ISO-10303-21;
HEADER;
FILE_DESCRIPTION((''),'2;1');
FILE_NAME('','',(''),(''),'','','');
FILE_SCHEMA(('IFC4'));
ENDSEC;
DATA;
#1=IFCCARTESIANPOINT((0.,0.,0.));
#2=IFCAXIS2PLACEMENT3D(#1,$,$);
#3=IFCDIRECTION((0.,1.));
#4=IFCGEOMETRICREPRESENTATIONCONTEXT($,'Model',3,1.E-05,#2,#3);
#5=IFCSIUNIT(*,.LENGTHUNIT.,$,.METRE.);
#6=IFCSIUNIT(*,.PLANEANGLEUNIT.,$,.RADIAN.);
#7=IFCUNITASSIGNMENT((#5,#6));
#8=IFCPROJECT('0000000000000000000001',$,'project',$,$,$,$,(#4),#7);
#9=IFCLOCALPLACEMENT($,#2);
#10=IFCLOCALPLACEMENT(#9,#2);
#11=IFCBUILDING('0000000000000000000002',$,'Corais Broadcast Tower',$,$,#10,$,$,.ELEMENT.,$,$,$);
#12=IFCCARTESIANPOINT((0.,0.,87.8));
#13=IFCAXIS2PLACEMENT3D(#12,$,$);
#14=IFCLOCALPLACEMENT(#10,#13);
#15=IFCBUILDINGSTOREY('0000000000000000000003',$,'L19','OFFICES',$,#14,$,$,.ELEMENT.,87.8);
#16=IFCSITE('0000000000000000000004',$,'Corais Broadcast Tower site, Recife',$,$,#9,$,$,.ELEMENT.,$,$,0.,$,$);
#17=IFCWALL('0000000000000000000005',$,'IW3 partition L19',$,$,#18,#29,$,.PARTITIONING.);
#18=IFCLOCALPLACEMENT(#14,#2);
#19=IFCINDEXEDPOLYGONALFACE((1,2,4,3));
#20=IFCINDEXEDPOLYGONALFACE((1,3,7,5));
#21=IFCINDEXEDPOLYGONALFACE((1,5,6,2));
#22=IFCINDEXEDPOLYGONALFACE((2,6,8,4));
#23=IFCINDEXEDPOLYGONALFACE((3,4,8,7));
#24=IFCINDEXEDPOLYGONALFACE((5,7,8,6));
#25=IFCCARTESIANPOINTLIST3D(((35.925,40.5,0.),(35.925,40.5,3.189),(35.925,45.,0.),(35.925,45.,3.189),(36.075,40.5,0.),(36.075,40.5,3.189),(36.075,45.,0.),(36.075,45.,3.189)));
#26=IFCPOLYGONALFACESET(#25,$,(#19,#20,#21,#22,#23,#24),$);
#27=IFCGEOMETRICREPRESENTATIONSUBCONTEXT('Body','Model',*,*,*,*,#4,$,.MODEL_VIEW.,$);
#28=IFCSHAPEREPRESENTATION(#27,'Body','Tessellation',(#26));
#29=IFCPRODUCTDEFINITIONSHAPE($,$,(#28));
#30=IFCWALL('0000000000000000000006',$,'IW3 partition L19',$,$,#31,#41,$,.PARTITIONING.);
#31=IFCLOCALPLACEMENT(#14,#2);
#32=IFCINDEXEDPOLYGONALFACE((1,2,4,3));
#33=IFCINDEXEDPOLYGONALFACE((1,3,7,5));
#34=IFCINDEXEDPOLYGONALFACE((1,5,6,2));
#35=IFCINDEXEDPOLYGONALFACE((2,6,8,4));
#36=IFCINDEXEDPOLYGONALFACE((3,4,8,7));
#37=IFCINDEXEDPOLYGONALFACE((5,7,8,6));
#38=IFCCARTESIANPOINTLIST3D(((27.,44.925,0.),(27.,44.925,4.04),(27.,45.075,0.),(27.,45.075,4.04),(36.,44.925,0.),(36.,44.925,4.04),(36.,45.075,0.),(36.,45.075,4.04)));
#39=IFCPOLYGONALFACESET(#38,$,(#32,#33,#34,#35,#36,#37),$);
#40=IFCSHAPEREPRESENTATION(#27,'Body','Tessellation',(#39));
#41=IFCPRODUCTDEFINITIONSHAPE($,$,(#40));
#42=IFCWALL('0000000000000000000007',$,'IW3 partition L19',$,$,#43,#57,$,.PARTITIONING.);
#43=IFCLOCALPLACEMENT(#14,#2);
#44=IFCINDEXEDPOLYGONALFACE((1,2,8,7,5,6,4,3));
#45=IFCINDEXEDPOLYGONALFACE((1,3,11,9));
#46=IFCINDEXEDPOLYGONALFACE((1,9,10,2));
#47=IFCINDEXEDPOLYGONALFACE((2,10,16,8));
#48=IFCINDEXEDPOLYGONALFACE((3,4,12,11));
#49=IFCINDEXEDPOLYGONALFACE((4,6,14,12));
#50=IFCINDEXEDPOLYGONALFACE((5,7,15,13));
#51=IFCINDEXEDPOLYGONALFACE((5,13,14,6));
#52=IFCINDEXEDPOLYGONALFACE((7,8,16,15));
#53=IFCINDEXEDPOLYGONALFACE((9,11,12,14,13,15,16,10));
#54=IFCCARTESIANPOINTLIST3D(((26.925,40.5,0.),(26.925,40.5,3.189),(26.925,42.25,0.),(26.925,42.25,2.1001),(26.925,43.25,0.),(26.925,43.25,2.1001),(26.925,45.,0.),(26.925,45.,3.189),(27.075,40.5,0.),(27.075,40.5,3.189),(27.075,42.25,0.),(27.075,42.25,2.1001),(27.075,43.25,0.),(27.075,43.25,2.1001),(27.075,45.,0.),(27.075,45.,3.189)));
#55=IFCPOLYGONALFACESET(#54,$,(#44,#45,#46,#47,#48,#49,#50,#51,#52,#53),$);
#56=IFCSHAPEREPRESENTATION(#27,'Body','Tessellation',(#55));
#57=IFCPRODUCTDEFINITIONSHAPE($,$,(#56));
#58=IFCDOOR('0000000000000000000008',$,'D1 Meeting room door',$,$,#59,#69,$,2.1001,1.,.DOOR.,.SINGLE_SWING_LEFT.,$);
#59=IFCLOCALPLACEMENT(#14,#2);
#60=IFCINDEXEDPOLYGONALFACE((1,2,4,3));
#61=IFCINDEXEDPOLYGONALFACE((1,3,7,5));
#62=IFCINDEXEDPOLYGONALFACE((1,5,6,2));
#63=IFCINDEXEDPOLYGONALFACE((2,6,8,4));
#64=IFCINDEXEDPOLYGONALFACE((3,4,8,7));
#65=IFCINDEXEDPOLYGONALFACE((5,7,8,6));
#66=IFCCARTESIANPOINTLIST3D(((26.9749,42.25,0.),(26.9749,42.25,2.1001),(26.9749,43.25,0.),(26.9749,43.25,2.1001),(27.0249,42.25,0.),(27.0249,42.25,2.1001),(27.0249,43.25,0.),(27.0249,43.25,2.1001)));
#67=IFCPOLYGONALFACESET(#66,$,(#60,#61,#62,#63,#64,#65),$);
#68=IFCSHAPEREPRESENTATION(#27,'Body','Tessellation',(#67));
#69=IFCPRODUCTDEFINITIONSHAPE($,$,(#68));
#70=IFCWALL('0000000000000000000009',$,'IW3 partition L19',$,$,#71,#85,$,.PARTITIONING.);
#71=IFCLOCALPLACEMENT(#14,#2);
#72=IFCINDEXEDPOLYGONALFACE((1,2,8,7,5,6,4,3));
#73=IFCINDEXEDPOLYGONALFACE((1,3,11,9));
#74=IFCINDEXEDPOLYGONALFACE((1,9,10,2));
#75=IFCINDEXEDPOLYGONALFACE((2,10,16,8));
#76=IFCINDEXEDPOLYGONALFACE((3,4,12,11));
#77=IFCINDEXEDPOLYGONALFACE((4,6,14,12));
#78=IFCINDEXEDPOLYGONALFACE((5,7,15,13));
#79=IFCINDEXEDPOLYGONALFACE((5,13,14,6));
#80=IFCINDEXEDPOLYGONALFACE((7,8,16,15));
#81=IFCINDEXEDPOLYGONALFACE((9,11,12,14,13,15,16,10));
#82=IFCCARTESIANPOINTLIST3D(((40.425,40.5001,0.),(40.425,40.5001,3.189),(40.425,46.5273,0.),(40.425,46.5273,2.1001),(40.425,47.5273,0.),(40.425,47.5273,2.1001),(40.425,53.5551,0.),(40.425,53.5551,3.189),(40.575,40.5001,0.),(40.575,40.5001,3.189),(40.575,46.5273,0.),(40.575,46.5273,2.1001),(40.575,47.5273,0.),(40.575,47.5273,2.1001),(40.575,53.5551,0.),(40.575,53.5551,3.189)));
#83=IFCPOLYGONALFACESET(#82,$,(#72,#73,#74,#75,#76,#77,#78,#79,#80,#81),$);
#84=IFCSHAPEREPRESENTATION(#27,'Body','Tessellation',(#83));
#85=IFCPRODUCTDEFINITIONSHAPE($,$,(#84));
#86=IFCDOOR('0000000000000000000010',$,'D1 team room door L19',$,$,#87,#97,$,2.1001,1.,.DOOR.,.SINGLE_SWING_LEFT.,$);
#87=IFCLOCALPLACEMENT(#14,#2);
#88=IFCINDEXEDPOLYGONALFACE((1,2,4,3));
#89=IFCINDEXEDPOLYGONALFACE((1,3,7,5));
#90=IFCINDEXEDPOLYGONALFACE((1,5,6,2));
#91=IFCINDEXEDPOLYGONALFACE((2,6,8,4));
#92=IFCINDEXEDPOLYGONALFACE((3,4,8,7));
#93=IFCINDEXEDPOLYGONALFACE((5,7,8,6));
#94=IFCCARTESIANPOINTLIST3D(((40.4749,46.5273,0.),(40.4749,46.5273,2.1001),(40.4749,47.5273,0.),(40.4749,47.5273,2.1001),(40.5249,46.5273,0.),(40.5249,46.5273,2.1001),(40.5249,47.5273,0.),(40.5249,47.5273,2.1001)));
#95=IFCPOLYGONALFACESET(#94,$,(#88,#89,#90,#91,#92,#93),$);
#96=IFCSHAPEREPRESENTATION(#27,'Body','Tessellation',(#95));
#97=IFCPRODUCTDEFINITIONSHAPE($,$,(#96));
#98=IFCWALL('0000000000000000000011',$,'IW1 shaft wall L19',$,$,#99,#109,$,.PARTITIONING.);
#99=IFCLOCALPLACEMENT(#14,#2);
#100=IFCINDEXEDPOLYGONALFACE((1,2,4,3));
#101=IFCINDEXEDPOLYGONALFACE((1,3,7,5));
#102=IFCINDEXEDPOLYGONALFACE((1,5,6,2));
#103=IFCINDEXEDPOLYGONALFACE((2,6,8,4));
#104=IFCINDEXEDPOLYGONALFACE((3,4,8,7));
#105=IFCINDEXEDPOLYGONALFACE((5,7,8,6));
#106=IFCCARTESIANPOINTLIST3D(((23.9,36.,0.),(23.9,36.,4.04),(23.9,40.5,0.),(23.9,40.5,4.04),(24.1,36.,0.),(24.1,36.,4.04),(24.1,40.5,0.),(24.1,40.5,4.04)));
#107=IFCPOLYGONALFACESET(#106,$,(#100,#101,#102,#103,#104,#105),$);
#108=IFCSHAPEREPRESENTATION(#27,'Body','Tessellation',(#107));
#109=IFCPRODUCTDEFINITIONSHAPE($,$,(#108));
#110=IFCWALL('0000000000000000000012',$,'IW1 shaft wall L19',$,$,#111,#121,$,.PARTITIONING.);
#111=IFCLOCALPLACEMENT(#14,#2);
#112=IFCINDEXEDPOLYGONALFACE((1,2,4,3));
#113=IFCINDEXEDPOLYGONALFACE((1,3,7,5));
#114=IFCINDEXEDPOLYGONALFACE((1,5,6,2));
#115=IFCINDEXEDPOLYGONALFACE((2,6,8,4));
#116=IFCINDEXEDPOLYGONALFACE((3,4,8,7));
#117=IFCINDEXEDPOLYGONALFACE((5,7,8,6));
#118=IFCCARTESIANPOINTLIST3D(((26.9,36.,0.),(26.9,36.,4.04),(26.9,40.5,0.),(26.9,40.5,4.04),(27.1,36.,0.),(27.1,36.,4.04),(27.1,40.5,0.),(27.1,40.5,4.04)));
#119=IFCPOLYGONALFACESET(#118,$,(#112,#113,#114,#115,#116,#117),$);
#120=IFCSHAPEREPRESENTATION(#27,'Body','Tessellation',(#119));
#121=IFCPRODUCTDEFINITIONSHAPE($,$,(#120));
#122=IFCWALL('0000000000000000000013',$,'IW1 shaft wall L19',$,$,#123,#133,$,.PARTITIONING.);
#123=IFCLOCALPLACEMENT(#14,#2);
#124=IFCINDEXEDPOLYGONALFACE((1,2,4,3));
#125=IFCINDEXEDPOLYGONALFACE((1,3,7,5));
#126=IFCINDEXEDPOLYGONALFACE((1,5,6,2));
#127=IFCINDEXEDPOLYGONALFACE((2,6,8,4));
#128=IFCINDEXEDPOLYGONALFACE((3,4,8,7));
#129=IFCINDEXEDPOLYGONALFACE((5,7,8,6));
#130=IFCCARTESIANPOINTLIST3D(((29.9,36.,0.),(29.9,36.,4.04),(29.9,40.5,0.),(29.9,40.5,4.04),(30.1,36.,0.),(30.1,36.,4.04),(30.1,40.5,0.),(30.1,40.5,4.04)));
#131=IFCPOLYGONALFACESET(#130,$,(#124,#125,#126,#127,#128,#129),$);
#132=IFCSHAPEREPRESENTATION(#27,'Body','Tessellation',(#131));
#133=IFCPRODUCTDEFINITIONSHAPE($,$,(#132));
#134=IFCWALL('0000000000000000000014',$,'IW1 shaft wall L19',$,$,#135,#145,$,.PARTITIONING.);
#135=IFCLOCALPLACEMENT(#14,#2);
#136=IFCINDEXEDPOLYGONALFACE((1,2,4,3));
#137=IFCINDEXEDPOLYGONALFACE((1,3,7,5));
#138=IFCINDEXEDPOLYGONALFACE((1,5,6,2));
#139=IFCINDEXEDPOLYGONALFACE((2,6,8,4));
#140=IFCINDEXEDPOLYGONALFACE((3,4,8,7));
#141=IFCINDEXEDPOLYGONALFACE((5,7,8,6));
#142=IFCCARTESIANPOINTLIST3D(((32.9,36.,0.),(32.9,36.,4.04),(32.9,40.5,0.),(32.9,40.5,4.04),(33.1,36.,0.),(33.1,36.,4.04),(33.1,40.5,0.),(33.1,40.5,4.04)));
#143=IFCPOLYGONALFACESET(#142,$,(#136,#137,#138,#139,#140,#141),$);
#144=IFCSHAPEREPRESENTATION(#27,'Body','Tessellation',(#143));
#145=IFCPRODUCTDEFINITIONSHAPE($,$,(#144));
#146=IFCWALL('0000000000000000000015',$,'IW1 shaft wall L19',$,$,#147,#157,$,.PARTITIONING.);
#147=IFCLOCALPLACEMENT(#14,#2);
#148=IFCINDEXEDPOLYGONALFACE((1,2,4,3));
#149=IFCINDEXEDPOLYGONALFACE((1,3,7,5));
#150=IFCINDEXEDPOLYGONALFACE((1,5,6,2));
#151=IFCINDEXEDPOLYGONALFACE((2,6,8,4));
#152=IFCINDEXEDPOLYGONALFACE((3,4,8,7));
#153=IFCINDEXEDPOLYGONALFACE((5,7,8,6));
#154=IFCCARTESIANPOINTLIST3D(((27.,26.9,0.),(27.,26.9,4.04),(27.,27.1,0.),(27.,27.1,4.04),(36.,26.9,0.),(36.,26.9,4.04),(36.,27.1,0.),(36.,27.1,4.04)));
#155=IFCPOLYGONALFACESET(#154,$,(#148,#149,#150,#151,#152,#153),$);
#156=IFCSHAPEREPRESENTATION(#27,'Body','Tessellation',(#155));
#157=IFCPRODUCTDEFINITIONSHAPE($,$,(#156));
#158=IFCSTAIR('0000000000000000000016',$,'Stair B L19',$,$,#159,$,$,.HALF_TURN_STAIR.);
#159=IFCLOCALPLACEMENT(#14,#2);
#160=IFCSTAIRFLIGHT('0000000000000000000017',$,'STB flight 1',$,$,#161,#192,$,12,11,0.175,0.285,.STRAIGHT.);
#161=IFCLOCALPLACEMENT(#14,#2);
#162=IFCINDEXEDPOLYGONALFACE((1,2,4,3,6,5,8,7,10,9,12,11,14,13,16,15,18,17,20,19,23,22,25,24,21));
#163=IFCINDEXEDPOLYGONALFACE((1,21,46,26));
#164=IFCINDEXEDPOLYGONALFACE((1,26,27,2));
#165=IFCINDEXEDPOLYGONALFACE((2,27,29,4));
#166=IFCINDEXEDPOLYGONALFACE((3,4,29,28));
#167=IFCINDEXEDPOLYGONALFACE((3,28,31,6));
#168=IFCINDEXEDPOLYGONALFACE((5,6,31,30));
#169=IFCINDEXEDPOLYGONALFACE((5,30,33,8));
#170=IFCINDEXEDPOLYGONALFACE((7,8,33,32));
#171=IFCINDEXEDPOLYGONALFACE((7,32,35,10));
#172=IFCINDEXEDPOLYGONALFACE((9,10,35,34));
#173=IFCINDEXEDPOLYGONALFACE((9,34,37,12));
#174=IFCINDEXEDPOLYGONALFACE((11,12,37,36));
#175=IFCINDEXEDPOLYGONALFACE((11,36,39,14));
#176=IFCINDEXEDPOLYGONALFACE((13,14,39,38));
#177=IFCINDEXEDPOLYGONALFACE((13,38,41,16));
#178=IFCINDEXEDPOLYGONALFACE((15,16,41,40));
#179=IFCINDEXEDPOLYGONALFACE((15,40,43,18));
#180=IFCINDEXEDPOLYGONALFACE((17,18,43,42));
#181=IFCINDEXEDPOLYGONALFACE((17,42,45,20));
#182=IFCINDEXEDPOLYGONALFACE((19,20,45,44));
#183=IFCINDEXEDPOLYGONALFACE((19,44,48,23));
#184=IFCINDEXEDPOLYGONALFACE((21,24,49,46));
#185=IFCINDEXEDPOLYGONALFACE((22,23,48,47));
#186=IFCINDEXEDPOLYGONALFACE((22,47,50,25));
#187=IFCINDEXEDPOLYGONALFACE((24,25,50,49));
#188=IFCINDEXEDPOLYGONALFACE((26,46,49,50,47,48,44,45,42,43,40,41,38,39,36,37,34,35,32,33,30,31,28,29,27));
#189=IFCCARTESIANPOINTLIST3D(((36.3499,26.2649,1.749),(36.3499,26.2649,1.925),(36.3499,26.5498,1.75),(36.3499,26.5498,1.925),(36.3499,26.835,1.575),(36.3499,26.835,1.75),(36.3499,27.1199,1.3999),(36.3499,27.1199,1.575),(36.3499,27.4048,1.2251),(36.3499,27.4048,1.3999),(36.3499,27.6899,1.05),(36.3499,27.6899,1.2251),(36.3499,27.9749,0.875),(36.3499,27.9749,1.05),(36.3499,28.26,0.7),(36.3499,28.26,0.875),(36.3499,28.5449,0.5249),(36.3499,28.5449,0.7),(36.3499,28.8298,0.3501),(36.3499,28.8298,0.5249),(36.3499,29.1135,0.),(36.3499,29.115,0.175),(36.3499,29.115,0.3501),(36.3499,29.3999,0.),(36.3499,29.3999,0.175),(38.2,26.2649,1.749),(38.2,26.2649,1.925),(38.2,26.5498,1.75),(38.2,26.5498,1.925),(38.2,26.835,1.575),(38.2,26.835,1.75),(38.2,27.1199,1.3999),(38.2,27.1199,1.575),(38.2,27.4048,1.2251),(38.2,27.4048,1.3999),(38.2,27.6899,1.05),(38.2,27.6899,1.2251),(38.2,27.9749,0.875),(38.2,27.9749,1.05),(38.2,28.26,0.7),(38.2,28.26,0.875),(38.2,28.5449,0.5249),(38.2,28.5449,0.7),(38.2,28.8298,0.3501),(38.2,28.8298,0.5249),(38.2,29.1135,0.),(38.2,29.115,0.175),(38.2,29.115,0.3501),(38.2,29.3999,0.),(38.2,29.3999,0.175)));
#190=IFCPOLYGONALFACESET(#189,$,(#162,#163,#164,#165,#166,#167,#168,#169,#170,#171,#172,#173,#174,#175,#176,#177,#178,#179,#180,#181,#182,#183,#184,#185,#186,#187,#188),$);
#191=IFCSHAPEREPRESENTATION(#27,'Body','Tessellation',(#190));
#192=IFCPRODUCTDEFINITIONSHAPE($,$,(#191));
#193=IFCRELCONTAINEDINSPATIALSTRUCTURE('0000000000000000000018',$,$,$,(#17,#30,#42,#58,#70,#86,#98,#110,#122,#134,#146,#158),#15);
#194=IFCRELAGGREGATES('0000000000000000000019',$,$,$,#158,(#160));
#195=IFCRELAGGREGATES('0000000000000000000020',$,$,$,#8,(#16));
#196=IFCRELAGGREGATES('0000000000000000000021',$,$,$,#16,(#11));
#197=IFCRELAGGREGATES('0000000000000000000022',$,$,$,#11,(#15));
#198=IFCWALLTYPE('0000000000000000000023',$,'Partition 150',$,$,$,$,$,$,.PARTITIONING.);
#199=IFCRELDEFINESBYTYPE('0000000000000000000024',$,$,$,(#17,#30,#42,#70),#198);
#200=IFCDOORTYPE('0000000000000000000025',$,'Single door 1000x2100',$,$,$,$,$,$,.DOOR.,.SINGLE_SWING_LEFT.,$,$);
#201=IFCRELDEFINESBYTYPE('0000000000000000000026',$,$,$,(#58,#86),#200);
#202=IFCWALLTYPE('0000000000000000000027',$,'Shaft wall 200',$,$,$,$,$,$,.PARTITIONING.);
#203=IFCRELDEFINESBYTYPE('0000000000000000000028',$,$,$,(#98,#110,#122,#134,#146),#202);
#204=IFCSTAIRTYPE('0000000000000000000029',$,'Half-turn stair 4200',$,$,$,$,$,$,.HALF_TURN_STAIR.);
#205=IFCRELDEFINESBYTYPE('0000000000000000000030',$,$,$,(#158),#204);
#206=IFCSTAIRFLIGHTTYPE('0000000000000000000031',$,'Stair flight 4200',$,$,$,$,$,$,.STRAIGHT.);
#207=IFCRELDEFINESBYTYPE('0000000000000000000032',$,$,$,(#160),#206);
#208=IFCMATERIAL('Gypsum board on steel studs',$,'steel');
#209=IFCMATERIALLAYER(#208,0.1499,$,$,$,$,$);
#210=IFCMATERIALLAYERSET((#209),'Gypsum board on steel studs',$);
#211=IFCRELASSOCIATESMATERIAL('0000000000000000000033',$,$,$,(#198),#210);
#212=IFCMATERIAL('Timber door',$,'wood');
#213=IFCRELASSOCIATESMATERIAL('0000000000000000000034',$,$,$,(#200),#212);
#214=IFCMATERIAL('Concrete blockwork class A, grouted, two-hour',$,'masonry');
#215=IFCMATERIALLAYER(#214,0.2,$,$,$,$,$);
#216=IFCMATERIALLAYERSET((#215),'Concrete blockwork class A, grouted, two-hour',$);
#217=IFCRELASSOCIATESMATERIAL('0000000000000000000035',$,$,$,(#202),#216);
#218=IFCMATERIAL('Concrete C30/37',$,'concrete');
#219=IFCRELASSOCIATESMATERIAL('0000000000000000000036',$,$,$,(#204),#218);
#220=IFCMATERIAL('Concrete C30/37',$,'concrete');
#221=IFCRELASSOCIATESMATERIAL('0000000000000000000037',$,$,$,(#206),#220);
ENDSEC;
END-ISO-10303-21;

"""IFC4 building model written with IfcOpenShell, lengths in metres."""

from ifc_helpers import new_model, si_unit, direction, frame, frame_2d, origin, place, context, subcontext, project, spatial, polyline, rectangle, outline, extrude, material, layer, layer_set, type_object, element, fill, aggregate, save


model = new_model("IFC4")

# Units and contexts
model_context = context("Model", 3, precision=1e-05, world=origin(), true_north=direction((0.0, 1.0)))
body_context = subcontext(model_context, "Body", "Model", "MODEL_VIEW")
ifc_project = project(units=[si_unit("LENGTHUNIT", "METRE"), si_unit("PLANEANGLEUNIT", "RADIAN")], contexts=[model_context])

# Site, building, storey
site_placement = place(None, origin())
site = spatial("IfcSite", under=ifc_project, at=site_placement, Name="Corais Broadcast Tower site, Recife", CompositionType="ELEMENT", RefElevation=0.0)
building_placement = place(site_placement, origin())
building = spatial("IfcBuilding", under=site, at=building_placement, Name="Corais Broadcast Tower", CompositionType="ELEMENT")
storey_placement = place(building_placement, frame((0.0, 0.0, 87.8)))
storey = spatial("IfcBuildingStorey", under=building, at=storey_placement, Name="L19", Description="OFFICES", CompositionType="ELEMENT", Elevation=87.8)

# Shared definitions
ifc_material_1 = material(Name="Gypsum board on steel studs", Category="steel")
ifc_layer_1 = layer(ifc_material_1, 0.1499)
ifc_layer_set_1 = layer_set([ifc_layer_1], Name="Gypsum board on steel studs")
wall_type_1 = type_object("IfcWallType", Name="Partition 150", PredefinedType="PARTITIONING", material=ifc_layer_set_1)

# Shared definitions
ifc_material_2 = material(Name="Timber door", Category="wood")
door_type = type_object("IfcDoorType", Name="Single door 1000x2100", OperationType="SINGLE_SWING_LEFT", PredefinedType="DOOR", material=ifc_material_2)

# Walls
wall_1_placement = place(storey_placement, frame((36.0, 40.5, 0.0), z_axis=(0.0, 0.0, 1.0), x_axis=(0.0, 1.0, 0.0)))
element("IfcWall", 1, at=wall_1_placement, inside=storey, type_object=wall_type_1, Name="IW3 partition L19", PredefinedType="PARTITIONING", context=body_context, shape_type="SweptSolid", body=[
    extrude(rectangle(XDim=4.5, YDim=0.1499, at=frame_2d((2.25, 0.0))), origin(), (0.0, 0.0, 1.0), 3.189),
])
wall_2_placement = place(storey_placement, frame((36.0, 45.0, 0.0), z_axis=(0.0, 0.0, 1.0), x_axis=(-1.0, 0.0, 0.0)))
element("IfcWall", 2, at=wall_2_placement, inside=storey, type_object=wall_type_1, Name="IW3 partition L19", PredefinedType="PARTITIONING", context=body_context, shape_type="SweptSolid", body=[
    extrude(rectangle(XDim=9.0, YDim=0.1499, at=frame_2d((4.5, 0.0))), origin(), (0.0, 0.0, 1.0), 4.04),
])

# Walls, openings, doors
wall_3_placement = place(storey_placement, frame((27.0, 45.0, 0.0), z_axis=(0.0, 0.0, 1.0), x_axis=(0.0, -1.0, 0.0)))
wall_3 = element("IfcWall", 3, at=wall_3_placement, inside=storey, type_object=wall_type_1, Name="IW3 partition L19", PredefinedType="PARTITIONING", context=body_context, shape_type="SweptSolid", body=[
    extrude(rectangle(XDim=4.5, YDim=0.1499, at=frame_2d((2.25, 0.0))), origin(), (0.0, 0.0, 1.0), 3.189),
])
opening_1_placement = place(wall_3_placement, frame((1.75, 0.0, 0.0)))
opening_1 = element("IfcOpeningElement", 4, at=opening_1_placement, cuts=wall_3, PredefinedType="OPENING", context=body_context, shape_type="SweptSolid", body=[
    extrude(rectangle(XDim=1.0, YDim=2.1001, at=frame_2d((0.5, 1.05))), frame((0.0, 0.085, 0.0), z_axis=(0.0, -1.0, 0.0), x_axis=(1.0, 0.0, 0.0)), (0.0, 0.0, 1.0), 0.1699),
])
door_1_placement = place(opening_1_placement, origin())
door_1 = element("IfcDoor", 5, at=door_1_placement, inside=storey, type_object=door_type, Name="D1 Meeting room door", OperationType="SINGLE_SWING_LEFT", OverallHeight=2.1001, OverallWidth=1.0, PredefinedType="DOOR", context=body_context, shape_type="SweptSolid", body=[
    extrude(rectangle(XDim=1.0, YDim=2.1001, at=frame_2d((0.5, 1.05))), frame((0.0, 0.0249, 0.0), z_axis=(0.0, -1.0, 0.0), x_axis=(1.0, 0.0, 0.0)), (0.0, 0.0, 1.0), 0.05),
])
fill(opening_1, door_1)
wall_4_placement = place(storey_placement, frame((40.5, 53.5549, 0.0), z_axis=(0.0, 0.0, 1.0), x_axis=(0.0, -1.0, 0.0)))
wall_4 = element("IfcWall", 6, at=wall_4_placement, inside=storey, type_object=wall_type_1, Name="IW3 partition L19", PredefinedType="PARTITIONING", context=body_context, shape_type="SweptSolid", body=[
    extrude(rectangle(XDim=13.0549, YDim=0.1499, at=frame_2d((6.5273, 0.0))), origin(), (0.0, 0.0, 1.0), 3.189),
])
opening_2_placement = place(wall_4_placement, frame((6.0276, 0.0, 0.0)))
opening_2 = element("IfcOpeningElement", 7, at=opening_2_placement, cuts=wall_4, PredefinedType="OPENING", context=body_context, shape_type="SweptSolid", body=[
    extrude(rectangle(XDim=1.0, YDim=2.1001, at=frame_2d((0.5, 1.05))), frame((0.0, 0.085, 0.0), z_axis=(0.0, -1.0, 0.0), x_axis=(1.0, 0.0, 0.0)), (0.0, 0.0, 1.0), 0.1699),
])
door_2_placement = place(opening_2_placement, origin())
door_2 = element("IfcDoor", 8, at=door_2_placement, inside=storey, type_object=door_type, Name="D1 team room door L19", OperationType="SINGLE_SWING_LEFT", OverallHeight=2.1001, OverallWidth=1.0, PredefinedType="DOOR", context=body_context, shape_type="SweptSolid", body=[
    extrude(rectangle(XDim=1.0, YDim=2.1001, at=frame_2d((0.5, 1.05))), frame((0.0, 0.0249, 0.0), z_axis=(0.0, -1.0, 0.0), x_axis=(1.0, 0.0, 0.0)), (0.0, 0.0, 1.0), 0.05),
])
fill(opening_2, door_2)

# Walls
ifc_material_3 = material(Name="Concrete blockwork class A, grouted, two-hour", Category="masonry")
ifc_layer_2 = layer(ifc_material_3, 0.2)
ifc_layer_set_2 = layer_set([ifc_layer_2], Name="Concrete blockwork class A, grouted, two-hour")
wall_type_2 = type_object("IfcWallType", Name="Shaft wall 200", PredefinedType="PARTITIONING", material=ifc_layer_set_2)
for number, where, z_axis, x_axis, name in (
    (9, (24.0, 36.0, 0.0), (0.0, 0.0, 1.0), (0.0, 1.0, 0.0), "IW1 shaft wall L19"),
    (10, (27.0, 36.0, 0.0), (0.0, 0.0, 1.0), (0.0, 1.0, 0.0), "IW1 shaft wall L19"),
    (11, (30.0, 36.0, 0.0), (0.0, 0.0, 1.0), (0.0, 1.0, 0.0), "IW1 shaft wall L19"),
    (12, (33.0, 36.0, 0.0), (0.0, 0.0, 1.0), (0.0, 1.0, 0.0), "IW1 shaft wall L19"),
):
    element("IfcWall", number, at=place(storey_placement, frame(where, z_axis=z_axis, x_axis=x_axis)), inside=storey, type_object=wall_type_2, Name=name, PredefinedType="PARTITIONING", context=body_context, shape_type="SweptSolid", body=[
        extrude(rectangle(XDim=4.5, YDim=0.2, at=frame_2d((2.25, 0.0))), origin(), (0.0, 0.0, 1.0), 4.04),
    ])
wall_5_placement = place(storey_placement, frame((27.0, 27.0, 0.0), z_axis=(0.0, 0.0, 1.0), x_axis=(1.0, 0.0, 0.0)))
element("IfcWall", 13, at=wall_5_placement, inside=storey, type_object=wall_type_2, Name="IW1 shaft wall L19", PredefinedType="PARTITIONING", context=body_context, shape_type="SweptSolid", body=[
    extrude(rectangle(XDim=9.0, YDim=0.2, at=frame_2d((4.5, 0.0))), origin(), (0.0, 0.0, 1.0), 4.04),
])

# Stair, stair flight
ifc_material_4 = material(Name="Concrete C30/37", Category="concrete")
stair_type = type_object("IfcStairType", Name="Half-turn stair 4200", PredefinedType="HALF_TURN_STAIR", material=ifc_material_4)
stair_placement = place(storey_placement, origin())
stair = element("IfcStair", 14, at=stair_placement, inside=storey, type_object=stair_type, Name="Stair B L19", PredefinedType="HALF_TURN_STAIR")
ifc_material_5 = material(Name="Concrete C30/37", Category="concrete")
stair_flight_type = type_object("IfcStairFlightType", Name="Stair flight 4200", PredefinedType="STRAIGHT", material=ifc_material_5)
stair_flight_placement = place(storey_placement, frame((37.2749, 29.3999, 0.0), z_axis=(0.0, 0.0, 1.0), x_axis=(0.0, -1.0, 0.0)))
stair_flight = element("IfcStairFlight", 15, at=stair_flight_placement, type_object=stair_flight_type, Name="STB flight 1", NumberOfRisers=12, NumberOfTreads=11, PredefinedType="STRAIGHT", RiserHeight=0.175, TreadLength=0.285, context=body_context, shape_type="SweptSolid", body=[
    extrude(outline(polyline([(0.0, 0.0), (0.0, 0.175), (0.2849, 0.175), (0.2849, 0.3501), (0.5701, 0.3501), (0.5701, 0.5249), (0.855, 0.5249), (0.855, 0.7), (1.1399, 0.7), (1.1399, 0.875), (1.425, 0.875), (1.425, 1.05), (1.71, 1.05), (1.71, 1.2251), (1.9951, 1.2251), (1.9951, 1.3999), (2.28, 1.3999), (2.28, 1.575), (2.5649, 1.575), (2.5649, 1.75), (2.8501, 1.75), (2.8501, 1.925), (3.135, 1.925), (3.135, 2.1001), (3.135, 1.749), (0.2864, 0.0), (0.0, 0.0)])), frame((0.0, 0.925, 0.0), z_axis=(0.0, -1.0, 0.0), x_axis=(1.0, 0.0, 0.0)), (0.0, 0.0, 1.0), 1.8501),
])
aggregate(stair, [stair_flight])

save(model, "model.ifc")
